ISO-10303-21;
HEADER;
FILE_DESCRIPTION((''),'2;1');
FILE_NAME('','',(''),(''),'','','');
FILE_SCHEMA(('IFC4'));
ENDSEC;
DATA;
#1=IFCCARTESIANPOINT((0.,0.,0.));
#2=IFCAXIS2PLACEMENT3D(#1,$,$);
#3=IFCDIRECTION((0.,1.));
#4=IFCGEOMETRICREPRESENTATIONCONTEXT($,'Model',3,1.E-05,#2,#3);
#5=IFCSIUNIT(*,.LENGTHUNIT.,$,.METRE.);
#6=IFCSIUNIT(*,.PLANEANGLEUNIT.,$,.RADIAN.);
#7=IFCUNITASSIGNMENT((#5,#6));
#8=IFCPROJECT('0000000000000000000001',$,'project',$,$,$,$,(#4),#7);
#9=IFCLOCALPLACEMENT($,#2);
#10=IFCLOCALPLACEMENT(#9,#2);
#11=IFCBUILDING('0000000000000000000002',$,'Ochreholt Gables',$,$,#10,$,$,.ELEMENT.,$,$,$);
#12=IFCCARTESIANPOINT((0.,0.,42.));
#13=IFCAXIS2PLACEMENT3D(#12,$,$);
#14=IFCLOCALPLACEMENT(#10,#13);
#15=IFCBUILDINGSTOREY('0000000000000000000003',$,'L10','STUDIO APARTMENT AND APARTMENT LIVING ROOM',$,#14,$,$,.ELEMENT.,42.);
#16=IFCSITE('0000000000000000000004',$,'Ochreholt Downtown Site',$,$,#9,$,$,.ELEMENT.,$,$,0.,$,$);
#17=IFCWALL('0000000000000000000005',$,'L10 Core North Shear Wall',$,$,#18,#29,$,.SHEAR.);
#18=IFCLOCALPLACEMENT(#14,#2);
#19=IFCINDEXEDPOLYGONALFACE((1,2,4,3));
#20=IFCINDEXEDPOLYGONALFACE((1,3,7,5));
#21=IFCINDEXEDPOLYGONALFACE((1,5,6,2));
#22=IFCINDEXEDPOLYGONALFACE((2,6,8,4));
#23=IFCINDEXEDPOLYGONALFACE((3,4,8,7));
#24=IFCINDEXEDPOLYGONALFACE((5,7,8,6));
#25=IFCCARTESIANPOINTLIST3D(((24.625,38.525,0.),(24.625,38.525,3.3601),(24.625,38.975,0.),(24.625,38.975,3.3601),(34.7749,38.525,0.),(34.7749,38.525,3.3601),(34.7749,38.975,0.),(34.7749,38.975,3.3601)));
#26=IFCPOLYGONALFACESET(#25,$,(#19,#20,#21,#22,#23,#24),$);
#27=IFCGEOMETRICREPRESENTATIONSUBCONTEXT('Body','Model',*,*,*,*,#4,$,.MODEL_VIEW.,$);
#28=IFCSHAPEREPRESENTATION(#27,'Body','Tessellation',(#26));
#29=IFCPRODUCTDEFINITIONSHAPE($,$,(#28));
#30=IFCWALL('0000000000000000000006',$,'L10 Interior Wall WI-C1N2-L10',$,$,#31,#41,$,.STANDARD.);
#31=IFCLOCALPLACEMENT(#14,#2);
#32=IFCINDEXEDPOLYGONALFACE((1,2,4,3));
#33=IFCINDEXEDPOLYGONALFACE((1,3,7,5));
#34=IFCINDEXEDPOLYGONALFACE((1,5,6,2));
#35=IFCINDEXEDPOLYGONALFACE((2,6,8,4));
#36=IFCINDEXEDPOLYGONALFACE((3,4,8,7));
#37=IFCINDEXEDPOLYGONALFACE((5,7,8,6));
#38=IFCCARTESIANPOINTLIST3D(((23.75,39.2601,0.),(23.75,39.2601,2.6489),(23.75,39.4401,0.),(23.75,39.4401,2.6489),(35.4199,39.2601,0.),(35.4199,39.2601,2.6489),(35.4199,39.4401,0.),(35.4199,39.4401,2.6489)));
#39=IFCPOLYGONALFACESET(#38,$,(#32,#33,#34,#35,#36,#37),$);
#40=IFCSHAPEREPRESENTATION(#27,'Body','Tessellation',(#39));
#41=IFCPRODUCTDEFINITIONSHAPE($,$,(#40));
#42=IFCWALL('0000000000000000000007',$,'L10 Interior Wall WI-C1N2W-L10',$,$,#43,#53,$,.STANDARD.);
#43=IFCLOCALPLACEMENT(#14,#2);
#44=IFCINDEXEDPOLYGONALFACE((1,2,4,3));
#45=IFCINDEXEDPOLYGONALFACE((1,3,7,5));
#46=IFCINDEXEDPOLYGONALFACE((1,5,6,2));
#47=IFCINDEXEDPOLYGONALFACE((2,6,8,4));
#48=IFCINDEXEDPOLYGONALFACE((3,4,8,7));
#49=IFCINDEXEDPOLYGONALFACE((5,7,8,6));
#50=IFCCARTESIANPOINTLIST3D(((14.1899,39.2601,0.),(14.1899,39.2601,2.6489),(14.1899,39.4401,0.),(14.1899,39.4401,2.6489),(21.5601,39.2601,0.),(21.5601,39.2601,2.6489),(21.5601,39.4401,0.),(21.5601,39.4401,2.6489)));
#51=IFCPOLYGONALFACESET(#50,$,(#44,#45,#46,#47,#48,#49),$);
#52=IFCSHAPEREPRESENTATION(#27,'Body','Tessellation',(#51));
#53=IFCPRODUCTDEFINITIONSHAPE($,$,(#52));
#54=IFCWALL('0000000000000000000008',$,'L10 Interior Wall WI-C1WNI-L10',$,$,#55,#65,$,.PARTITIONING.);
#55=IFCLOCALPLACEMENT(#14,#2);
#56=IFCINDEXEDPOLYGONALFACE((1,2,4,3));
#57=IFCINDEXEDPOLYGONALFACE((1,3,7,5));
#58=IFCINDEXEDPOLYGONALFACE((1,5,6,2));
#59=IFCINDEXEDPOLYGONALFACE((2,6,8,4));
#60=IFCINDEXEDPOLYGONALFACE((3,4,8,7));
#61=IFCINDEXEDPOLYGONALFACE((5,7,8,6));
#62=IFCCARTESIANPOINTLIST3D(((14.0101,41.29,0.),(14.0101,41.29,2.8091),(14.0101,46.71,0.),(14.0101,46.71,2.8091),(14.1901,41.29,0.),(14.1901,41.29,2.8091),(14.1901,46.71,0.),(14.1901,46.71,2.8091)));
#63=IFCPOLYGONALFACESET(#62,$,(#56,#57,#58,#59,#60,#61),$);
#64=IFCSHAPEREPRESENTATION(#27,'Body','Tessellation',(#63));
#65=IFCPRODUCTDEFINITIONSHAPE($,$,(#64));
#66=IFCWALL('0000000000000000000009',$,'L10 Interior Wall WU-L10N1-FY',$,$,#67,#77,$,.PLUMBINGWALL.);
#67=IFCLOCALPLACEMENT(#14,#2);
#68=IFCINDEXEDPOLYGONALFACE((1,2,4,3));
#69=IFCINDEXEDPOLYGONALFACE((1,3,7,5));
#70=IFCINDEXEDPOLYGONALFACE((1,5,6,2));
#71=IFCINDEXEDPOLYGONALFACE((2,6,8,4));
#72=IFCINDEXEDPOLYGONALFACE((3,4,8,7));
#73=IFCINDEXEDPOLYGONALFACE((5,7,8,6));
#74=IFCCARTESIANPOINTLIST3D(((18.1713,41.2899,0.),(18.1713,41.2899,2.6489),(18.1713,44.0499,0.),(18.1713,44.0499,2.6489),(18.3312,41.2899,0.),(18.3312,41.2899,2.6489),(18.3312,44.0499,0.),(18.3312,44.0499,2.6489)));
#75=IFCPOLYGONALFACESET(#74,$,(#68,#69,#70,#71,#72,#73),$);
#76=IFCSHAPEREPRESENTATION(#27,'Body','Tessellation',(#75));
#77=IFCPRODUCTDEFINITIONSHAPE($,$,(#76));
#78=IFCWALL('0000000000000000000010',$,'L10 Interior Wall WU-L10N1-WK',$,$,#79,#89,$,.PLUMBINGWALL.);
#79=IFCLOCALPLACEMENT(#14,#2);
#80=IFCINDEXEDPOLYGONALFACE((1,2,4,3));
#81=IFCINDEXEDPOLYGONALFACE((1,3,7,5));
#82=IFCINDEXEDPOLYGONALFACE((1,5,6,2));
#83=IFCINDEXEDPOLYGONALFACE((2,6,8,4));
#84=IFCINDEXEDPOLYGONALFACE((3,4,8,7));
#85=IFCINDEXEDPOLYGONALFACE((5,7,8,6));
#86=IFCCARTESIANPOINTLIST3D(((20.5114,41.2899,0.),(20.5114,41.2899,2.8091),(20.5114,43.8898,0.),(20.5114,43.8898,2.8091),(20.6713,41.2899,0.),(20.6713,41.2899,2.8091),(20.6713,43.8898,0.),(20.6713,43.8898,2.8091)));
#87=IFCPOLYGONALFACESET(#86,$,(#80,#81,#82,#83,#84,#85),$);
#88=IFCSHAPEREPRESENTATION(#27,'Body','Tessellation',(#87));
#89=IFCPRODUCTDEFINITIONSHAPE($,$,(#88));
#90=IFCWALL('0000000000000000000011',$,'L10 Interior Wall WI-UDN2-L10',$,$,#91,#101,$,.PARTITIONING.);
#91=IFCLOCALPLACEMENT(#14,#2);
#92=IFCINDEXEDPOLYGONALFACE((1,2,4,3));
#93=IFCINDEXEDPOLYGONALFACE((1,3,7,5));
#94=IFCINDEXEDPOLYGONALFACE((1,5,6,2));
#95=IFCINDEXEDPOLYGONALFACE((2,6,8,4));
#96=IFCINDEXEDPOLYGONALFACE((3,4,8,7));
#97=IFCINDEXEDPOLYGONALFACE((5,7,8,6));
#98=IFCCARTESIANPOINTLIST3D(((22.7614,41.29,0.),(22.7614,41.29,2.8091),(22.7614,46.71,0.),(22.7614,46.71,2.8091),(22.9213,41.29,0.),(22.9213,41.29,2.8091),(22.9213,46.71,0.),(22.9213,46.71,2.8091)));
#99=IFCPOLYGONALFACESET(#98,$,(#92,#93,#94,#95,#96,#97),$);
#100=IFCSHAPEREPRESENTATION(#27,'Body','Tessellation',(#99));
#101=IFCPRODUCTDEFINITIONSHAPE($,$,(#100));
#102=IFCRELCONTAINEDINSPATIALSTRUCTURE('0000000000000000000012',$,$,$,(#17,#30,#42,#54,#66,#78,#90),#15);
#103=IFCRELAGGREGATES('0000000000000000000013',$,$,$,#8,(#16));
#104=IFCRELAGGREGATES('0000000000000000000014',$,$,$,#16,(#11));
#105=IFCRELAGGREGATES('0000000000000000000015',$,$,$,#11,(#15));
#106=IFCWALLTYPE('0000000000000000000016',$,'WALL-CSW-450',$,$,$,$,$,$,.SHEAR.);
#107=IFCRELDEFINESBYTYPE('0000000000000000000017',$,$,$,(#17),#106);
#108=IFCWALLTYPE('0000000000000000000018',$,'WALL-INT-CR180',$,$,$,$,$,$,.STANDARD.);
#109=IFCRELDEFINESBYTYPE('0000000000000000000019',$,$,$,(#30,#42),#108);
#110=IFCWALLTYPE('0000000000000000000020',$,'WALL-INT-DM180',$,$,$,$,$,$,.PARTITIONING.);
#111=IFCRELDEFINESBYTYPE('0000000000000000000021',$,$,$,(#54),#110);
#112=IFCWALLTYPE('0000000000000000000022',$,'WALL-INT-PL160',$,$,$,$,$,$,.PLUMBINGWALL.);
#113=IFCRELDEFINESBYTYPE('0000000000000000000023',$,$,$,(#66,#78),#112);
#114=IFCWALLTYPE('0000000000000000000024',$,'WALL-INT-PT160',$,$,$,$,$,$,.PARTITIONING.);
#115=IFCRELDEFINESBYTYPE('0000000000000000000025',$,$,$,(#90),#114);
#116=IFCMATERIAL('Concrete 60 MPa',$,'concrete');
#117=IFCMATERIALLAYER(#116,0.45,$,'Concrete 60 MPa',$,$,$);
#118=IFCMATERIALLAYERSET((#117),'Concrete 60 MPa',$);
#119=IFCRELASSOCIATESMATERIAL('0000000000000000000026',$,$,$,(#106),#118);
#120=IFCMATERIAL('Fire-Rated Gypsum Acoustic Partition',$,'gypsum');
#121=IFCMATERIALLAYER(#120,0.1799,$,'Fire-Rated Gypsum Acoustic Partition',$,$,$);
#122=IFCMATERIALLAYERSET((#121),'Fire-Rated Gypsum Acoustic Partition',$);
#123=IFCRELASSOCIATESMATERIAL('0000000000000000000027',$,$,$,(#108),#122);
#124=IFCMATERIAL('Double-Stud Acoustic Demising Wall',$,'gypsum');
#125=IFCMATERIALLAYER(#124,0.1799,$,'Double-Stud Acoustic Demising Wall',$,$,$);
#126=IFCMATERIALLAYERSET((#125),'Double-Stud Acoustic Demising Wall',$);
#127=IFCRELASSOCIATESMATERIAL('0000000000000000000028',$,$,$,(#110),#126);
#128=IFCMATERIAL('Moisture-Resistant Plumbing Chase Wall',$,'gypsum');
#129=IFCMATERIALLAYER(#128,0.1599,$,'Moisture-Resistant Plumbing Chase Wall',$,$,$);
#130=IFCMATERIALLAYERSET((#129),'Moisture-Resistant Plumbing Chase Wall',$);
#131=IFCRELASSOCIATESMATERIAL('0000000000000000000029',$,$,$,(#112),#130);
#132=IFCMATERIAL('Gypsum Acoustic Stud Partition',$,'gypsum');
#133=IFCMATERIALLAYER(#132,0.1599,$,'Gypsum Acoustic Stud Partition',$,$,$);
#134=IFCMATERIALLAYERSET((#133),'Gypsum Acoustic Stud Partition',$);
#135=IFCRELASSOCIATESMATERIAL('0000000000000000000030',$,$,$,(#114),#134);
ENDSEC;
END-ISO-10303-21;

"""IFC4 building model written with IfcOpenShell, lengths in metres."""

from ifc_helpers import new_model, si_unit, direction, frame, frame_2d, origin, place, context, subcontext, project, spatial, rectangle, extrude, material, layer, layer_set, type_object, element, save


model = new_model("IFC4")

# Units and contexts
model_context = context("Model", 3, precision=1e-05, world=origin(), true_north=direction((0.0, 1.0)))
body_context = subcontext(model_context, "Body", "Model", "MODEL_VIEW")
ifc_project = project(units=[si_unit("LENGTHUNIT", "METRE"), si_unit("PLANEANGLEUNIT", "RADIAN")], contexts=[model_context])

# Site, building, storey
site_placement = place(None, origin())
site = spatial("IfcSite", under=ifc_project, at=site_placement, Name="Ochreholt Downtown Site", CompositionType="ELEMENT", RefElevation=0.0)
building_placement = place(site_placement, origin())
building = spatial("IfcBuilding", under=site, at=building_placement, Name="Ochreholt Gables", CompositionType="ELEMENT")
storey_placement = place(building_placement, frame((0.0, 0.0, 42.0)))
storey = spatial("IfcBuildingStorey", under=building, at=storey_placement, Name="L10", Description="STUDIO APARTMENT AND APARTMENT LIVING ROOM", CompositionType="ELEMENT", Elevation=42.0)

# Shared definitions
ifc_material_1 = material(Name="Concrete 60 MPa", Category="concrete")

# Walls
ifc_layer_1 = layer(ifc_material_1, 0.45, Name="Concrete 60 MPa")
ifc_layer_set_1 = layer_set([ifc_layer_1], Name="Concrete 60 MPa")
wall_type_1 = type_object("IfcWallType", Name="WALL-CSW-450", PredefinedType="SHEAR", material=ifc_layer_set_1)
wall_1_placement = place(storey_placement, frame((24.625, 38.75, 0.0), z_axis=(0.0, 0.0, 1.0), x_axis=(1.0, 0.0, 0.0)))
element("IfcWall", 1, at=wall_1_placement, inside=storey, type_object=wall_type_1, Name="L10 Core North Shear Wall", PredefinedType="SHEAR", context=body_context, shape_type="SweptSolid", body=[
    extrude(rectangle(XDim=10.1499, YDim=0.45, at=frame_2d((5.075, 0.0))), origin(), (0.0, 0.0, 1.0), 3.3601),
])
ifc_material_2 = material(Name="Fire-Rated Gypsum Acoustic Partition", Category="gypsum")
ifc_layer_2 = layer(ifc_material_2, 0.1799, Name="Fire-Rated Gypsum Acoustic Partition")
ifc_layer_set_2 = layer_set([ifc_layer_2], Name="Fire-Rated Gypsum Acoustic Partition")
wall_type_2 = type_object("IfcWallType", Name="WALL-INT-CR180", PredefinedType="STANDARD", material=ifc_layer_set_2)
wall_2_placement = place(storey_placement, frame((23.75, 39.3501, 0.0), z_axis=(0.0, 0.0, 1.0), x_axis=(1.0, 0.0, 0.0)))
element("IfcWall", 2, at=wall_2_placement, inside=storey, type_object=wall_type_2, Name="L10 Interior Wall WI-C1N2-L10", PredefinedType="STANDARD", context=body_context, shape_type="SweptSolid", body=[
    extrude(rectangle(XDim=11.6699, YDim=0.1799, at=frame_2d((5.835, 0.0))), origin(), (0.0, 0.0, 1.0), 2.6489),
])
wall_3_placement = place(storey_placement, frame((14.1899, 39.3501, 0.0), z_axis=(0.0, 0.0, 1.0), x_axis=(1.0, 0.0, 0.0)))
element("IfcWall", 3, at=wall_3_placement, inside=storey, type_object=wall_type_2, Name="L10 Interior Wall WI-C1N2W-L10", PredefinedType="STANDARD", context=body_context, shape_type="SweptSolid", body=[
    extrude(rectangle(XDim=7.3701, YDim=0.1799, at=frame_2d((3.6851, 0.0))), origin(), (0.0, 0.0, 1.0), 2.6489),
])
ifc_material_3 = material(Name="Double-Stud Acoustic Demising Wall", Category="gypsum")
ifc_layer_3 = layer(ifc_material_3, 0.1799, Name="Double-Stud Acoustic Demising Wall")
ifc_layer_set_3 = layer_set([ifc_layer_3], Name="Double-Stud Acoustic Demising Wall")
wall_type_3 = type_object("IfcWallType", Name="WALL-INT-DM180", PredefinedType="PARTITIONING", material=ifc_layer_set_3)
wall_4_placement = place(storey_placement, frame((14.1001, 41.29, 0.0), z_axis=(0.0, 0.0, 1.0), x_axis=(0.0, 1.0, 0.0)))
element("IfcWall", 4, at=wall_4_placement, inside=storey, type_object=wall_type_3, Name="L10 Interior Wall WI-C1WNI-L10", PredefinedType="PARTITIONING", context=body_context, shape_type="SweptSolid", body=[
    extrude(rectangle(XDim=5.4199, YDim=0.1799, at=frame_2d((2.71, 0.0))), origin(), (0.0, 0.0, 1.0), 2.8091),
])

# Shared definitions
ifc_material_4 = material(Name="Moisture-Resistant Plumbing Chase Wall", Category="gypsum")
ifc_layer_4 = layer(ifc_material_4, 0.1599, Name="Moisture-Resistant Plumbing Chase Wall")
ifc_layer_set_4 = layer_set([ifc_layer_4], Name="Moisture-Resistant Plumbing Chase Wall")
wall_type_4 = type_object("IfcWallType", Name="WALL-INT-PL160", PredefinedType="PLUMBINGWALL", material=ifc_layer_set_4)

# Walls
wall_5_placement = place(storey_placement, frame((18.2512, 41.29, 0.0), z_axis=(0.0, 0.0, 1.0), x_axis=(0.0, 1.0, 0.0)))
element("IfcWall", 5, at=wall_5_placement, inside=storey, type_object=wall_type_4, Name="L10 Interior Wall WU-L10N1-FY", PredefinedType="PLUMBINGWALL", context=body_context, shape_type="SweptSolid", body=[
    extrude(rectangle(XDim=2.76, YDim=0.1599, at=frame_2d((1.3799, 0.0))), origin(), (0.0, 0.0, 1.0), 2.6489),
])
wall_6_placement = place(storey_placement, frame((20.5913, 41.29, 0.0), z_axis=(0.0, 0.0, 1.0), x_axis=(0.0, 1.0, 0.0)))
element("IfcWall", 6, at=wall_6_placement, inside=storey, type_object=wall_type_4, Name="L10 Interior Wall WU-L10N1-WK", PredefinedType="PLUMBINGWALL", context=body_context, shape_type="SweptSolid", body=[
    extrude(rectangle(XDim=2.5999, YDim=0.1599, at=frame_2d((1.2998, 0.0))), origin(), (0.0, 0.0, 1.0), 2.8091),
])
ifc_material_5 = material(Name="Gypsum Acoustic Stud Partition", Category="gypsum")
ifc_layer_5 = layer(ifc_material_5, 0.1599, Name="Gypsum Acoustic Stud Partition")
ifc_layer_set_5 = layer_set([ifc_layer_5], Name="Gypsum Acoustic Stud Partition")
wall_type_5 = type_object("IfcWallType", Name="WALL-INT-PT160", PredefinedType="PARTITIONING", material=ifc_layer_set_5)
wall_7_placement = place(storey_placement, frame((22.8413, 41.29, 0.0), z_axis=(0.0, 0.0, 1.0), x_axis=(0.0, 1.0, 0.0)))
element("IfcWall", 7, at=wall_7_placement, inside=storey, type_object=wall_type_5, Name="L10 Interior Wall WI-UDN2-L10", PredefinedType="PARTITIONING", context=body_context, shape_type="SweptSolid", body=[
    extrude(rectangle(XDim=5.4199, YDim=0.1599, at=frame_2d((2.71, 0.0))), origin(), (0.0, 0.0, 1.0), 2.8091),
])

save(model, "model.ifc")
